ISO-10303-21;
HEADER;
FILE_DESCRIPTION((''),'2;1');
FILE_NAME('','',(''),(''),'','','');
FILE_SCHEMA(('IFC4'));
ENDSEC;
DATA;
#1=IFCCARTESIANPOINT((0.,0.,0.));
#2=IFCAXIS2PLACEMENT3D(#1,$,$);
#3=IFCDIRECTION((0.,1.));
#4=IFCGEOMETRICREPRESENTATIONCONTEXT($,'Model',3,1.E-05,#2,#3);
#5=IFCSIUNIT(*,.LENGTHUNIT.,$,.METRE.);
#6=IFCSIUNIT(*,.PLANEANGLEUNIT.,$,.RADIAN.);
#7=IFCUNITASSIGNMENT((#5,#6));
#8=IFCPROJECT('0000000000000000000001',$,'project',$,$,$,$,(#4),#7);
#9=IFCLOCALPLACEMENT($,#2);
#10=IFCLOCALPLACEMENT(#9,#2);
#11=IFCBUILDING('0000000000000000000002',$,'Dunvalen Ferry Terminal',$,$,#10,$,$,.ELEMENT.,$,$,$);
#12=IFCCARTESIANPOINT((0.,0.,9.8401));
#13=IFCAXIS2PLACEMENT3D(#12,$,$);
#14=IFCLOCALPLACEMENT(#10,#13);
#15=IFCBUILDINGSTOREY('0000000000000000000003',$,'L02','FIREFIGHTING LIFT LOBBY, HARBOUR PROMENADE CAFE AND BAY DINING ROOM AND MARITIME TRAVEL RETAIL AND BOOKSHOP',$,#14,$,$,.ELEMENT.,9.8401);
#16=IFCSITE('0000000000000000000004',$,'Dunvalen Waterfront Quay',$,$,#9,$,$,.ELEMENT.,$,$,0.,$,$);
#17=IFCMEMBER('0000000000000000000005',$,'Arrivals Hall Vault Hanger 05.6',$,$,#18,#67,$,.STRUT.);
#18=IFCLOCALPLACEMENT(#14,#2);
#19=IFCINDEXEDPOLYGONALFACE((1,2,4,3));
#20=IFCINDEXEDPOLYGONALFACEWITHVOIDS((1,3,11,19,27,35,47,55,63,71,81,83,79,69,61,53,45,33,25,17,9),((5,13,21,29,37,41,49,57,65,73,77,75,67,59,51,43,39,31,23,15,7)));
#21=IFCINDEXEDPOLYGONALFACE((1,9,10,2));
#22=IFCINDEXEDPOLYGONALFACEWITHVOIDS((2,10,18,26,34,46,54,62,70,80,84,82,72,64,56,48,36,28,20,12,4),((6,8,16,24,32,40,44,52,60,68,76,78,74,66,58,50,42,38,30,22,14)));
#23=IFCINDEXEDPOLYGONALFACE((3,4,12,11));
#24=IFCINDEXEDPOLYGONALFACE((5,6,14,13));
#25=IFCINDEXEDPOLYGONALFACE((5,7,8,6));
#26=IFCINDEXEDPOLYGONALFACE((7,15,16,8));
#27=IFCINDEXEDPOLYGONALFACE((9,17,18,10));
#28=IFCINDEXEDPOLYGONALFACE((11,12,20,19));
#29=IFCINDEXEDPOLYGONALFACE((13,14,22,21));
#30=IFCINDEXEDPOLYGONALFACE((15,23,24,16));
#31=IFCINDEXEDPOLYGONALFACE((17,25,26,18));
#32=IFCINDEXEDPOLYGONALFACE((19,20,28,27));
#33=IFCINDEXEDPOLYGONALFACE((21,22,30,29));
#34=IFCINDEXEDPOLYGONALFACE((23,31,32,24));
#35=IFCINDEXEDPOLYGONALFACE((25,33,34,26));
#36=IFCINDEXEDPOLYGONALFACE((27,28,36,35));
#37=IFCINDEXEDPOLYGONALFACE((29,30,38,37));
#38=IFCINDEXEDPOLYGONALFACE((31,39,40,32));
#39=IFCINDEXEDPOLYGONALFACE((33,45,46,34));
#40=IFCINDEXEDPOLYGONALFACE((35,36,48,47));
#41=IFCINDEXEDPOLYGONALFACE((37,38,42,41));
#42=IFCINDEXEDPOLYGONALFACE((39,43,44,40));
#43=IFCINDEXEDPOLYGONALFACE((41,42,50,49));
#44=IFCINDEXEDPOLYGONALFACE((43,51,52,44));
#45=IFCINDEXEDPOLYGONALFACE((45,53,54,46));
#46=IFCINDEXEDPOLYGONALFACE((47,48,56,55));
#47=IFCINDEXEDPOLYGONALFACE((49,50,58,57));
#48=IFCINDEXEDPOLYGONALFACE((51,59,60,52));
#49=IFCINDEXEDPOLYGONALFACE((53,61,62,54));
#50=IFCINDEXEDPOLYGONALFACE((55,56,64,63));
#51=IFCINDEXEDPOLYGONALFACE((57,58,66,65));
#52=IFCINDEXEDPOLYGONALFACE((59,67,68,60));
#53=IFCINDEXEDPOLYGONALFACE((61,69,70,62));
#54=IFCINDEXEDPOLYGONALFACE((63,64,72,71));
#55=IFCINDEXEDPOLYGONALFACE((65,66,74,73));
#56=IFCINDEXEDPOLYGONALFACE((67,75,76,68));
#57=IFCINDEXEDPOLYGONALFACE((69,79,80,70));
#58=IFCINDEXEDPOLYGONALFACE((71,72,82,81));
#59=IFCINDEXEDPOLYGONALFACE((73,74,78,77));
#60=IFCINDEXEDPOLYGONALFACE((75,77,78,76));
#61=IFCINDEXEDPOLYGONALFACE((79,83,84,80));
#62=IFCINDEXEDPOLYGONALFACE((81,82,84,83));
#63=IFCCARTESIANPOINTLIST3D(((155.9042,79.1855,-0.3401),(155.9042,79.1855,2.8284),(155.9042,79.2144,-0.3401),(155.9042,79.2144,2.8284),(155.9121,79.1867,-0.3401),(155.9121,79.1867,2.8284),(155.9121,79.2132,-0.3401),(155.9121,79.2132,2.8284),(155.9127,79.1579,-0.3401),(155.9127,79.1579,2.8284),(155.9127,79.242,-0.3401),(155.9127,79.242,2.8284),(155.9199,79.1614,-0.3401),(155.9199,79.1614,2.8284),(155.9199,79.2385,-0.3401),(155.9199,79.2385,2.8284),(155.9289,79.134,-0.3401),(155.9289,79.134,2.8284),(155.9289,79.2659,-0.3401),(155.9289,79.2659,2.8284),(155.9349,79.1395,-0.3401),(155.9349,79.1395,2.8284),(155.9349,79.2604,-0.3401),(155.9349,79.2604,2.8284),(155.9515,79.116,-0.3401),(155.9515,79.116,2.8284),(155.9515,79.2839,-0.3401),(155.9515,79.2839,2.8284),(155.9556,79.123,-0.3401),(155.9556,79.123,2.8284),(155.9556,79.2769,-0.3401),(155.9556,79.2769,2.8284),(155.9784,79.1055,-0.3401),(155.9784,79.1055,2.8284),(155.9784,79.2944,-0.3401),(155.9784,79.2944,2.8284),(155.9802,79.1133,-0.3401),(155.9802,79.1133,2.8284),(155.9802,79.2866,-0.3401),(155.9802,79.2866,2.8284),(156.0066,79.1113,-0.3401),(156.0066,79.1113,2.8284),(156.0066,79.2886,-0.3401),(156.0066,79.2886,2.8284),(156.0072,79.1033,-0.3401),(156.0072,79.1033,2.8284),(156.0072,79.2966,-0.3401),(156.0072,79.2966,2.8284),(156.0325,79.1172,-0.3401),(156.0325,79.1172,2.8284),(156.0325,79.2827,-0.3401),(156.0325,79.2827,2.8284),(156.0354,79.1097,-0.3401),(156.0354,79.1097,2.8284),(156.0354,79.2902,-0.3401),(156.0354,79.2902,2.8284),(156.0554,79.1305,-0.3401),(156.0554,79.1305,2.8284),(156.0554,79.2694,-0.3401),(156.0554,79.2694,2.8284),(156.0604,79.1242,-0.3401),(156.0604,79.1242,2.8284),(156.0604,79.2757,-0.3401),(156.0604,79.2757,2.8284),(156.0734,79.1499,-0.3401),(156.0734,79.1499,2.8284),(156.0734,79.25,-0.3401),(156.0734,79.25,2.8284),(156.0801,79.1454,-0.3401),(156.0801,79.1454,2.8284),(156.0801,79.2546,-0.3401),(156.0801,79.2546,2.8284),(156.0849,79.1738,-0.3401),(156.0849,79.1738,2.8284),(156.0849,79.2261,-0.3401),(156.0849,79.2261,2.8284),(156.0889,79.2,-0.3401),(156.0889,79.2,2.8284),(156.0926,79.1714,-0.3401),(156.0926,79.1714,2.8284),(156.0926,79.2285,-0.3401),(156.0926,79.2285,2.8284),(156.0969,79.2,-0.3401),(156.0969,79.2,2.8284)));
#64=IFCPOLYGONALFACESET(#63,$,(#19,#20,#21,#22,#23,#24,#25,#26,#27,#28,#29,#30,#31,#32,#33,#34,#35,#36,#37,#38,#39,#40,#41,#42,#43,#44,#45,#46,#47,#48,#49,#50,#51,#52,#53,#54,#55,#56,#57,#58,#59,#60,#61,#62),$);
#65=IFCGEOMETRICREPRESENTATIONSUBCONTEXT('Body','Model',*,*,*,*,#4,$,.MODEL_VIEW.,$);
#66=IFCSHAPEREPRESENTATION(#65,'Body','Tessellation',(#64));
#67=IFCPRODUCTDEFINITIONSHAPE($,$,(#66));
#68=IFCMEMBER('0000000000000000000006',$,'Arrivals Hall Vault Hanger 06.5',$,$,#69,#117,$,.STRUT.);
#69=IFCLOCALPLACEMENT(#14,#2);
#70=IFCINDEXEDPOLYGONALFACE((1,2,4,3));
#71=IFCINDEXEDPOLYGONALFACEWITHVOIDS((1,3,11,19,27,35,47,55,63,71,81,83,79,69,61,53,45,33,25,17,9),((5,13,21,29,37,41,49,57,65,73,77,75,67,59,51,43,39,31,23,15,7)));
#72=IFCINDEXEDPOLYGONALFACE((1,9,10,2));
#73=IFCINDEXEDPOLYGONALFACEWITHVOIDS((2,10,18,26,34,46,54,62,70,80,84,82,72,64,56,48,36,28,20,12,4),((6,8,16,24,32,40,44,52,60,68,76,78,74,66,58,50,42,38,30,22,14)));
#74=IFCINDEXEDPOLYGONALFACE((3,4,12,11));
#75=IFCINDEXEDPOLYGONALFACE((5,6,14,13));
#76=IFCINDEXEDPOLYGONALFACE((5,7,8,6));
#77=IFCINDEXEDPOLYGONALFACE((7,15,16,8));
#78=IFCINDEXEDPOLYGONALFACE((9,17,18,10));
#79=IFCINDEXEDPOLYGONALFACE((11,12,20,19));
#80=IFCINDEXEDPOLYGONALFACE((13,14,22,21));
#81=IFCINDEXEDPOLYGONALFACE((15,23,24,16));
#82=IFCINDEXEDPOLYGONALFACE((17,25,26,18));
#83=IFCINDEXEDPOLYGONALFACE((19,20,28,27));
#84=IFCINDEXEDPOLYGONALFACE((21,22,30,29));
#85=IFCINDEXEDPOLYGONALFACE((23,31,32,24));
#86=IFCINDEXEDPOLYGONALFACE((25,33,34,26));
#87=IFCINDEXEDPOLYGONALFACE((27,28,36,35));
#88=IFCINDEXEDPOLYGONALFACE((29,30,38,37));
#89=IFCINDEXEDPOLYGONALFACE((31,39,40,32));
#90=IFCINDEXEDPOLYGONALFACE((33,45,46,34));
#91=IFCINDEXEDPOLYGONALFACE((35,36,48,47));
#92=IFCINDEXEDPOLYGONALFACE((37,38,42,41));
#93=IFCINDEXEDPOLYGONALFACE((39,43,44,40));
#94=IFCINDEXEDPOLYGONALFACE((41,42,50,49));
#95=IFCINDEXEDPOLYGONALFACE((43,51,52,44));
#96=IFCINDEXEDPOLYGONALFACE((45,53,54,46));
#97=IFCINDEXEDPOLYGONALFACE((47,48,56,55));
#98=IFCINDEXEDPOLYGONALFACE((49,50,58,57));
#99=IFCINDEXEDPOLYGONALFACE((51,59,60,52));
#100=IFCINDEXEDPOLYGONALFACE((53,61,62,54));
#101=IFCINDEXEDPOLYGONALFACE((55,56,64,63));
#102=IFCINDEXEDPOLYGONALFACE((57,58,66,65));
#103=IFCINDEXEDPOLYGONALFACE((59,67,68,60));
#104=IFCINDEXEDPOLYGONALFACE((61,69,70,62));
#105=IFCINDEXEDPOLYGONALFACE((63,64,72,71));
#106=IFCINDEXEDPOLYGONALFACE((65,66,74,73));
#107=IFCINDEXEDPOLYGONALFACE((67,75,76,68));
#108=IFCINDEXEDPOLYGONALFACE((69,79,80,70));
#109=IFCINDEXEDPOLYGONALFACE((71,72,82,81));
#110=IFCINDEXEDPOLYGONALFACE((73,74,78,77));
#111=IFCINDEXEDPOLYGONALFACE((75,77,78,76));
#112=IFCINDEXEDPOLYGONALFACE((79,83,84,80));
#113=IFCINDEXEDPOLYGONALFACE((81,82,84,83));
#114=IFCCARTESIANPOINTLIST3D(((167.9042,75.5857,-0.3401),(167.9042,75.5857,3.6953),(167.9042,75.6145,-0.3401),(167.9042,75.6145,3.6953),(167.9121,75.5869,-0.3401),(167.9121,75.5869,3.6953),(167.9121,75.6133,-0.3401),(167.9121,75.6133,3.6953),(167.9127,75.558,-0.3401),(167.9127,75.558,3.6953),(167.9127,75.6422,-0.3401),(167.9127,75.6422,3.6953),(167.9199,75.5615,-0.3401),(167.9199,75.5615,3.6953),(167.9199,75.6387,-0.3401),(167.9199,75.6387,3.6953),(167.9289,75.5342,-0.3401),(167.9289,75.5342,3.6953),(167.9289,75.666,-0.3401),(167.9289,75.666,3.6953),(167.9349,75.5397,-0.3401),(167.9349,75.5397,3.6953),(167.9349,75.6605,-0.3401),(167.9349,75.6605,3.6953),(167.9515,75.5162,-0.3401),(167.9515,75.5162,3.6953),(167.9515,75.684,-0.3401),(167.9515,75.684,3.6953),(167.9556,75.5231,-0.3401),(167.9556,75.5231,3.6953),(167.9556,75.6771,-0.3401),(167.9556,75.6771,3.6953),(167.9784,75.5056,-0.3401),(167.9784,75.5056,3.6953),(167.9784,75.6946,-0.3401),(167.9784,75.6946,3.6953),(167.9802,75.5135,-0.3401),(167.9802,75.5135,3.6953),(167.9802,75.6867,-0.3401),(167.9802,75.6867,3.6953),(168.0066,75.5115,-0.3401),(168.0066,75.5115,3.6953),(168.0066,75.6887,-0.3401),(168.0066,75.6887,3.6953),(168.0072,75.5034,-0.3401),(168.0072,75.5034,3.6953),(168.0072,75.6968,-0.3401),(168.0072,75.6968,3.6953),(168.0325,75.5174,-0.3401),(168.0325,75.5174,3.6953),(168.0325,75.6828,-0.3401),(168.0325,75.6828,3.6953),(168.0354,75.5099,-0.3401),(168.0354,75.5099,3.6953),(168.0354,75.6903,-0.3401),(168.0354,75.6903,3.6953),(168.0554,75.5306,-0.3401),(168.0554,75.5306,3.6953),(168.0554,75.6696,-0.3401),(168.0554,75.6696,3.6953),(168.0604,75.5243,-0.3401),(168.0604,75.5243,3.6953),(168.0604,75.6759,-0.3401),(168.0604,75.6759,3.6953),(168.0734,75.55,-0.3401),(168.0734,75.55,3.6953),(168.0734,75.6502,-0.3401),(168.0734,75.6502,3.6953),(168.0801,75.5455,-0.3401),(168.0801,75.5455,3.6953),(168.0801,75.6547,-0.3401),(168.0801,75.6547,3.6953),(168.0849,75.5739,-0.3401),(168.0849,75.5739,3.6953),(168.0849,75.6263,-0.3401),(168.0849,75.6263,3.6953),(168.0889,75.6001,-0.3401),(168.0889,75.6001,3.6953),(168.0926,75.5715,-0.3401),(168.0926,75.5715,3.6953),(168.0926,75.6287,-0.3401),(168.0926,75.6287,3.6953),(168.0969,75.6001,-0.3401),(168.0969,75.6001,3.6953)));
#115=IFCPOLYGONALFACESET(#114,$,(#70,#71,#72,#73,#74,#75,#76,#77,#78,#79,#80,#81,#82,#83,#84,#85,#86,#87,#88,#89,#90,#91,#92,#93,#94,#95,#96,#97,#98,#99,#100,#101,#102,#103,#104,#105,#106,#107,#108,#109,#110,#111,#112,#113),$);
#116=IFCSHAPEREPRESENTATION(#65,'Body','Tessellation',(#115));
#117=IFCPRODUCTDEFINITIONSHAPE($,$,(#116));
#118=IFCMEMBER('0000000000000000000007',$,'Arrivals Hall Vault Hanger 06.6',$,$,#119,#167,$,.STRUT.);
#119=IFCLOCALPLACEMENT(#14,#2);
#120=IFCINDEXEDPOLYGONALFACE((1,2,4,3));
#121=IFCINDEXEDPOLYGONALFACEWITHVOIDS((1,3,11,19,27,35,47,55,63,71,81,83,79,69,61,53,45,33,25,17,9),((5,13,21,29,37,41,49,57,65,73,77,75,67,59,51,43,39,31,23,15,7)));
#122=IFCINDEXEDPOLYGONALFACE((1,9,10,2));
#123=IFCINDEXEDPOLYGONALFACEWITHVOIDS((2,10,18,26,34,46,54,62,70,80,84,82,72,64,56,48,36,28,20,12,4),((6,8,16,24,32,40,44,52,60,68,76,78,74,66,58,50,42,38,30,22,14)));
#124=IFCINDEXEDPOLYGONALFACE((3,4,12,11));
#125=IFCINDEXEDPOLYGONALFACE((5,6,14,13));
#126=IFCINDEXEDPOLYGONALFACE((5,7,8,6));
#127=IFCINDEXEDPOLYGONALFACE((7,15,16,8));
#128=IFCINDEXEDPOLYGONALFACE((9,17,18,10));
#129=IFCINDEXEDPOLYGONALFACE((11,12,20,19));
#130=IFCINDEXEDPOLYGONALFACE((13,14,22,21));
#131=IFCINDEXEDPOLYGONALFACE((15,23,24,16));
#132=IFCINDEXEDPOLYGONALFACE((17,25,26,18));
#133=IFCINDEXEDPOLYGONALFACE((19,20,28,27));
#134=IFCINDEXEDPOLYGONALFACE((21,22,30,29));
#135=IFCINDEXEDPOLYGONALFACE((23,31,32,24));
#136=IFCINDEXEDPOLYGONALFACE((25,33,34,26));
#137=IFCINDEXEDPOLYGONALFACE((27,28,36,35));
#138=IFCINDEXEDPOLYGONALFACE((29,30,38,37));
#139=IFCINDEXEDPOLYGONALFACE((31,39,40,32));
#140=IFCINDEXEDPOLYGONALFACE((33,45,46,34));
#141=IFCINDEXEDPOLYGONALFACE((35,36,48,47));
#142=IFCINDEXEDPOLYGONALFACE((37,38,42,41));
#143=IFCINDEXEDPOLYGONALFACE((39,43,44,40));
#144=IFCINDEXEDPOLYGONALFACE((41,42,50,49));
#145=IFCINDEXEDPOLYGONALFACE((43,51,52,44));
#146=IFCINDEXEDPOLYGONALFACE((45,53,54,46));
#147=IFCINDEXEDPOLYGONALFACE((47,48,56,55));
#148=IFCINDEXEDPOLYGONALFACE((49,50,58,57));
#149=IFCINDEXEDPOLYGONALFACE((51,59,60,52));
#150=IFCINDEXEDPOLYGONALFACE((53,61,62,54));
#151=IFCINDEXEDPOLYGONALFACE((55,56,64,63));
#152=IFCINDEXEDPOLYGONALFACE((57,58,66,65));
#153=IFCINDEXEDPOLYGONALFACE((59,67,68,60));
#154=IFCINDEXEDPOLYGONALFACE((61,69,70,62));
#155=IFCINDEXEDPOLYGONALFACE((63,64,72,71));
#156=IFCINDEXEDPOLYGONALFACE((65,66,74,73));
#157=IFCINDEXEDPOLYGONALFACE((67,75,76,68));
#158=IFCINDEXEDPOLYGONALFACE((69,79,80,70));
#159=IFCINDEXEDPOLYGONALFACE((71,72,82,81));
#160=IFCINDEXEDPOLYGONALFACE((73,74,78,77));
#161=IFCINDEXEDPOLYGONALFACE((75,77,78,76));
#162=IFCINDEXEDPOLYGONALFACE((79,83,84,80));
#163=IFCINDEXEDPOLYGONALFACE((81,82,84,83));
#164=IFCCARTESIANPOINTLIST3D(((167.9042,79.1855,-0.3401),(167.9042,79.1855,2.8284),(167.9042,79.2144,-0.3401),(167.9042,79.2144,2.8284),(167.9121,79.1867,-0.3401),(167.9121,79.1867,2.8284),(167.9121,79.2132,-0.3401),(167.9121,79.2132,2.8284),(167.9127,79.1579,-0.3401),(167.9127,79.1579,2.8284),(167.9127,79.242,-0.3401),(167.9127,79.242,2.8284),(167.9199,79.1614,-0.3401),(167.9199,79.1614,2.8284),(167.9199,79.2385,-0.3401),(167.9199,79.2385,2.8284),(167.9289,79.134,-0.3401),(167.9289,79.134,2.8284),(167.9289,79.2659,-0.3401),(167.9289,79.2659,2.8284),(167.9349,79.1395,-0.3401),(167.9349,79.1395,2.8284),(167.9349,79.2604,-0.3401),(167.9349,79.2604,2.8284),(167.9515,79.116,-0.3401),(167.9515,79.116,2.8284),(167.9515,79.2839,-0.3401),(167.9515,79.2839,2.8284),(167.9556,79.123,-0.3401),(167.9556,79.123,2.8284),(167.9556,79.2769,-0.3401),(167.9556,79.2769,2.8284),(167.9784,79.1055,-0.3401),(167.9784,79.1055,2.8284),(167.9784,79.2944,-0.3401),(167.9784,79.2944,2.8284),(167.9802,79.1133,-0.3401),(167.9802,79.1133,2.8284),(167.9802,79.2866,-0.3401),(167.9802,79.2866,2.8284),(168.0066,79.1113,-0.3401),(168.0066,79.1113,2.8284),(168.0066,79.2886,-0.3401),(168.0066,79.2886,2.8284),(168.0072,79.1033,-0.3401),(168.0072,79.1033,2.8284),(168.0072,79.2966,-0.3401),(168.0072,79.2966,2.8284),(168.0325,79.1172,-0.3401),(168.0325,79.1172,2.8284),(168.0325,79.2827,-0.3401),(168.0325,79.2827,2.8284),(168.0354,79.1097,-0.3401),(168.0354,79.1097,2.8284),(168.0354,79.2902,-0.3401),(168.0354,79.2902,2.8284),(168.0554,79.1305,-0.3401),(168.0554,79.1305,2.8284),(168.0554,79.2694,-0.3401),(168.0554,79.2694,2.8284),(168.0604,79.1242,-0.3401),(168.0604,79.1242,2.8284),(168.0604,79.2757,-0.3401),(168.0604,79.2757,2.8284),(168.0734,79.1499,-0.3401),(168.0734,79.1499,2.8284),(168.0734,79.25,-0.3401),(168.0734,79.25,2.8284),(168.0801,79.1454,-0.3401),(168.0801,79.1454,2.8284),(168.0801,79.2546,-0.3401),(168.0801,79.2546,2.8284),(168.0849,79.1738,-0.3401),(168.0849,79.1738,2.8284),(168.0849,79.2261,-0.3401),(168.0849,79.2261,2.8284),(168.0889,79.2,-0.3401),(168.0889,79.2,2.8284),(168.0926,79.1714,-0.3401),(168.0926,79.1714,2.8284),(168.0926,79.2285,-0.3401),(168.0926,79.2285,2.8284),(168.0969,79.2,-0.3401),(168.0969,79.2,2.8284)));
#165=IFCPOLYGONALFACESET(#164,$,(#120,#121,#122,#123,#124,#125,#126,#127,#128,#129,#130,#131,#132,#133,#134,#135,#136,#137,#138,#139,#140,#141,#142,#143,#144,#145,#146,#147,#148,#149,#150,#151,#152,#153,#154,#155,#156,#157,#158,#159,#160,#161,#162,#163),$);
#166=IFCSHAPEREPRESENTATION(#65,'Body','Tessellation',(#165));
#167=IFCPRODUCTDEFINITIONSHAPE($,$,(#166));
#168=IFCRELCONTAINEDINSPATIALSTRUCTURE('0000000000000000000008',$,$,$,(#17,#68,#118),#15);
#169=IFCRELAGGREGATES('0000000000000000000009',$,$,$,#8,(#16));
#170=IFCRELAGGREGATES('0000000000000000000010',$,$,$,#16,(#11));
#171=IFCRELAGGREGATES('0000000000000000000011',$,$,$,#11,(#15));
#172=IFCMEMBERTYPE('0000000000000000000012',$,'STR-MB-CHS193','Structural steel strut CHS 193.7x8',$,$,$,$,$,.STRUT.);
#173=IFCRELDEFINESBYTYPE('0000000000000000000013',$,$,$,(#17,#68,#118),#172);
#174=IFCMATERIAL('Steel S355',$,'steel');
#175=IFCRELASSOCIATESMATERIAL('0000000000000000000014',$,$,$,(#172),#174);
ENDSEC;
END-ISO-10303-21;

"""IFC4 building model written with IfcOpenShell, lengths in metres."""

from ifc_helpers import new_model, si_unit, direction, frame, origin, origin_2d, place, context, subcontext, project, spatial, hollow_circle, extrude, material, material_profile, profile_set, type_object, element, save


model = new_model("IFC4")

# Units and contexts
model_context = context("Model", 3, precision=1e-05, world=origin(), true_north=direction((0.0, 1.0)))
body_context = subcontext(model_context, "Body", "Model", "MODEL_VIEW")
ifc_project = project(units=[si_unit("LENGTHUNIT", "METRE"), si_unit("PLANEANGLEUNIT", "RADIAN")], contexts=[model_context])

# Site, building, storey
site_placement = place(None, origin())
site = spatial("IfcSite", under=ifc_project, at=site_placement, Name="Dunvalen Waterfront Quay", CompositionType="ELEMENT", RefElevation=0.0)
building_placement = place(site_placement, origin())
building = spatial("IfcBuilding", under=site, at=building_placement, Name="Dunvalen Ferry Terminal", CompositionType="ELEMENT")
storey_placement = place(building_placement, frame((0.0, 0.0, 9.8401)))
storey = spatial("IfcBuildingStorey", under=building, at=storey_placement, Name="L02", Description="FIREFIGHTING LIFT LOBBY, HARBOUR PROMENADE CAFE AND BAY DINING ROOM AND MARITIME TRAVEL RETAIL AND BOOKSHOP", CompositionType="ELEMENT", Elevation=9.8401)

# Shared definitions
ifc_material_1 = material(Name="Steel S355", Category="steel")

# Members
ifc_material_profile_1 = material_profile(ifc_material_1, hollow_circle(Radius=0.0969, WallThickness=0.0081, at=origin_2d()), Name="Steel S355")
ifc_profile_set_1 = profile_set([ifc_material_profile_1], Name="Steel S355")
member_type_1 = type_object("IfcMemberType", Name="STR-MB-CHS193", Description="Structural steel strut CHS 193.7x8", PredefinedType="STRUT", material=ifc_profile_set_1)
member_1_placement = place(storey_placement, frame((156.0, 79.2, -0.3401), z_axis=(0.0, 0.0, 1.0), x_axis=(1.0, 0.0, 0.0)))
element("IfcMember", 1, at=member_1_placement, inside=storey, type_object=member_type_1, Name="Arrivals Hall Vault Hanger 05.6", PredefinedType="STRUT", context=body_context, shape_type="SweptSolid", body=[
    extrude(hollow_circle(Radius=0.0969, WallThickness=0.0081, at=origin_2d()), origin(), (0.0, 0.0, 1.0), 3.1685),
])
member_2_placement = place(storey_placement, frame((168.0, 75.6001, -0.3401), z_axis=(0.0, 0.0, 1.0), x_axis=(1.0, 0.0, 0.0)))
element("IfcMember", 2, at=member_2_placement, inside=storey, type_object=member_type_1, Name="Arrivals Hall Vault Hanger 06.5", PredefinedType="STRUT", context=body_context, shape_type="SweptSolid", body=[
    extrude(hollow_circle(Radius=0.0969, WallThickness=0.0081, at=origin_2d()), origin(), (0.0, 0.0, 1.0), 4.0354),
])
member_3_placement = place(storey_placement, frame((168.0, 79.2, -0.3401), z_axis=(0.0, 0.0, 1.0), x_axis=(1.0, 0.0, 0.0)))
element("IfcMember", 3, at=member_3_placement, inside=storey, type_object=member_type_1, Name="Arrivals Hall Vault Hanger 06.6", PredefinedType="STRUT", context=body_context, shape_type="SweptSolid", body=[
    extrude(hollow_circle(Radius=0.0969, WallThickness=0.0081, at=origin_2d()), origin(), (0.0, 0.0, 1.0), 3.1685),
])

save(model, "model.ifc")
